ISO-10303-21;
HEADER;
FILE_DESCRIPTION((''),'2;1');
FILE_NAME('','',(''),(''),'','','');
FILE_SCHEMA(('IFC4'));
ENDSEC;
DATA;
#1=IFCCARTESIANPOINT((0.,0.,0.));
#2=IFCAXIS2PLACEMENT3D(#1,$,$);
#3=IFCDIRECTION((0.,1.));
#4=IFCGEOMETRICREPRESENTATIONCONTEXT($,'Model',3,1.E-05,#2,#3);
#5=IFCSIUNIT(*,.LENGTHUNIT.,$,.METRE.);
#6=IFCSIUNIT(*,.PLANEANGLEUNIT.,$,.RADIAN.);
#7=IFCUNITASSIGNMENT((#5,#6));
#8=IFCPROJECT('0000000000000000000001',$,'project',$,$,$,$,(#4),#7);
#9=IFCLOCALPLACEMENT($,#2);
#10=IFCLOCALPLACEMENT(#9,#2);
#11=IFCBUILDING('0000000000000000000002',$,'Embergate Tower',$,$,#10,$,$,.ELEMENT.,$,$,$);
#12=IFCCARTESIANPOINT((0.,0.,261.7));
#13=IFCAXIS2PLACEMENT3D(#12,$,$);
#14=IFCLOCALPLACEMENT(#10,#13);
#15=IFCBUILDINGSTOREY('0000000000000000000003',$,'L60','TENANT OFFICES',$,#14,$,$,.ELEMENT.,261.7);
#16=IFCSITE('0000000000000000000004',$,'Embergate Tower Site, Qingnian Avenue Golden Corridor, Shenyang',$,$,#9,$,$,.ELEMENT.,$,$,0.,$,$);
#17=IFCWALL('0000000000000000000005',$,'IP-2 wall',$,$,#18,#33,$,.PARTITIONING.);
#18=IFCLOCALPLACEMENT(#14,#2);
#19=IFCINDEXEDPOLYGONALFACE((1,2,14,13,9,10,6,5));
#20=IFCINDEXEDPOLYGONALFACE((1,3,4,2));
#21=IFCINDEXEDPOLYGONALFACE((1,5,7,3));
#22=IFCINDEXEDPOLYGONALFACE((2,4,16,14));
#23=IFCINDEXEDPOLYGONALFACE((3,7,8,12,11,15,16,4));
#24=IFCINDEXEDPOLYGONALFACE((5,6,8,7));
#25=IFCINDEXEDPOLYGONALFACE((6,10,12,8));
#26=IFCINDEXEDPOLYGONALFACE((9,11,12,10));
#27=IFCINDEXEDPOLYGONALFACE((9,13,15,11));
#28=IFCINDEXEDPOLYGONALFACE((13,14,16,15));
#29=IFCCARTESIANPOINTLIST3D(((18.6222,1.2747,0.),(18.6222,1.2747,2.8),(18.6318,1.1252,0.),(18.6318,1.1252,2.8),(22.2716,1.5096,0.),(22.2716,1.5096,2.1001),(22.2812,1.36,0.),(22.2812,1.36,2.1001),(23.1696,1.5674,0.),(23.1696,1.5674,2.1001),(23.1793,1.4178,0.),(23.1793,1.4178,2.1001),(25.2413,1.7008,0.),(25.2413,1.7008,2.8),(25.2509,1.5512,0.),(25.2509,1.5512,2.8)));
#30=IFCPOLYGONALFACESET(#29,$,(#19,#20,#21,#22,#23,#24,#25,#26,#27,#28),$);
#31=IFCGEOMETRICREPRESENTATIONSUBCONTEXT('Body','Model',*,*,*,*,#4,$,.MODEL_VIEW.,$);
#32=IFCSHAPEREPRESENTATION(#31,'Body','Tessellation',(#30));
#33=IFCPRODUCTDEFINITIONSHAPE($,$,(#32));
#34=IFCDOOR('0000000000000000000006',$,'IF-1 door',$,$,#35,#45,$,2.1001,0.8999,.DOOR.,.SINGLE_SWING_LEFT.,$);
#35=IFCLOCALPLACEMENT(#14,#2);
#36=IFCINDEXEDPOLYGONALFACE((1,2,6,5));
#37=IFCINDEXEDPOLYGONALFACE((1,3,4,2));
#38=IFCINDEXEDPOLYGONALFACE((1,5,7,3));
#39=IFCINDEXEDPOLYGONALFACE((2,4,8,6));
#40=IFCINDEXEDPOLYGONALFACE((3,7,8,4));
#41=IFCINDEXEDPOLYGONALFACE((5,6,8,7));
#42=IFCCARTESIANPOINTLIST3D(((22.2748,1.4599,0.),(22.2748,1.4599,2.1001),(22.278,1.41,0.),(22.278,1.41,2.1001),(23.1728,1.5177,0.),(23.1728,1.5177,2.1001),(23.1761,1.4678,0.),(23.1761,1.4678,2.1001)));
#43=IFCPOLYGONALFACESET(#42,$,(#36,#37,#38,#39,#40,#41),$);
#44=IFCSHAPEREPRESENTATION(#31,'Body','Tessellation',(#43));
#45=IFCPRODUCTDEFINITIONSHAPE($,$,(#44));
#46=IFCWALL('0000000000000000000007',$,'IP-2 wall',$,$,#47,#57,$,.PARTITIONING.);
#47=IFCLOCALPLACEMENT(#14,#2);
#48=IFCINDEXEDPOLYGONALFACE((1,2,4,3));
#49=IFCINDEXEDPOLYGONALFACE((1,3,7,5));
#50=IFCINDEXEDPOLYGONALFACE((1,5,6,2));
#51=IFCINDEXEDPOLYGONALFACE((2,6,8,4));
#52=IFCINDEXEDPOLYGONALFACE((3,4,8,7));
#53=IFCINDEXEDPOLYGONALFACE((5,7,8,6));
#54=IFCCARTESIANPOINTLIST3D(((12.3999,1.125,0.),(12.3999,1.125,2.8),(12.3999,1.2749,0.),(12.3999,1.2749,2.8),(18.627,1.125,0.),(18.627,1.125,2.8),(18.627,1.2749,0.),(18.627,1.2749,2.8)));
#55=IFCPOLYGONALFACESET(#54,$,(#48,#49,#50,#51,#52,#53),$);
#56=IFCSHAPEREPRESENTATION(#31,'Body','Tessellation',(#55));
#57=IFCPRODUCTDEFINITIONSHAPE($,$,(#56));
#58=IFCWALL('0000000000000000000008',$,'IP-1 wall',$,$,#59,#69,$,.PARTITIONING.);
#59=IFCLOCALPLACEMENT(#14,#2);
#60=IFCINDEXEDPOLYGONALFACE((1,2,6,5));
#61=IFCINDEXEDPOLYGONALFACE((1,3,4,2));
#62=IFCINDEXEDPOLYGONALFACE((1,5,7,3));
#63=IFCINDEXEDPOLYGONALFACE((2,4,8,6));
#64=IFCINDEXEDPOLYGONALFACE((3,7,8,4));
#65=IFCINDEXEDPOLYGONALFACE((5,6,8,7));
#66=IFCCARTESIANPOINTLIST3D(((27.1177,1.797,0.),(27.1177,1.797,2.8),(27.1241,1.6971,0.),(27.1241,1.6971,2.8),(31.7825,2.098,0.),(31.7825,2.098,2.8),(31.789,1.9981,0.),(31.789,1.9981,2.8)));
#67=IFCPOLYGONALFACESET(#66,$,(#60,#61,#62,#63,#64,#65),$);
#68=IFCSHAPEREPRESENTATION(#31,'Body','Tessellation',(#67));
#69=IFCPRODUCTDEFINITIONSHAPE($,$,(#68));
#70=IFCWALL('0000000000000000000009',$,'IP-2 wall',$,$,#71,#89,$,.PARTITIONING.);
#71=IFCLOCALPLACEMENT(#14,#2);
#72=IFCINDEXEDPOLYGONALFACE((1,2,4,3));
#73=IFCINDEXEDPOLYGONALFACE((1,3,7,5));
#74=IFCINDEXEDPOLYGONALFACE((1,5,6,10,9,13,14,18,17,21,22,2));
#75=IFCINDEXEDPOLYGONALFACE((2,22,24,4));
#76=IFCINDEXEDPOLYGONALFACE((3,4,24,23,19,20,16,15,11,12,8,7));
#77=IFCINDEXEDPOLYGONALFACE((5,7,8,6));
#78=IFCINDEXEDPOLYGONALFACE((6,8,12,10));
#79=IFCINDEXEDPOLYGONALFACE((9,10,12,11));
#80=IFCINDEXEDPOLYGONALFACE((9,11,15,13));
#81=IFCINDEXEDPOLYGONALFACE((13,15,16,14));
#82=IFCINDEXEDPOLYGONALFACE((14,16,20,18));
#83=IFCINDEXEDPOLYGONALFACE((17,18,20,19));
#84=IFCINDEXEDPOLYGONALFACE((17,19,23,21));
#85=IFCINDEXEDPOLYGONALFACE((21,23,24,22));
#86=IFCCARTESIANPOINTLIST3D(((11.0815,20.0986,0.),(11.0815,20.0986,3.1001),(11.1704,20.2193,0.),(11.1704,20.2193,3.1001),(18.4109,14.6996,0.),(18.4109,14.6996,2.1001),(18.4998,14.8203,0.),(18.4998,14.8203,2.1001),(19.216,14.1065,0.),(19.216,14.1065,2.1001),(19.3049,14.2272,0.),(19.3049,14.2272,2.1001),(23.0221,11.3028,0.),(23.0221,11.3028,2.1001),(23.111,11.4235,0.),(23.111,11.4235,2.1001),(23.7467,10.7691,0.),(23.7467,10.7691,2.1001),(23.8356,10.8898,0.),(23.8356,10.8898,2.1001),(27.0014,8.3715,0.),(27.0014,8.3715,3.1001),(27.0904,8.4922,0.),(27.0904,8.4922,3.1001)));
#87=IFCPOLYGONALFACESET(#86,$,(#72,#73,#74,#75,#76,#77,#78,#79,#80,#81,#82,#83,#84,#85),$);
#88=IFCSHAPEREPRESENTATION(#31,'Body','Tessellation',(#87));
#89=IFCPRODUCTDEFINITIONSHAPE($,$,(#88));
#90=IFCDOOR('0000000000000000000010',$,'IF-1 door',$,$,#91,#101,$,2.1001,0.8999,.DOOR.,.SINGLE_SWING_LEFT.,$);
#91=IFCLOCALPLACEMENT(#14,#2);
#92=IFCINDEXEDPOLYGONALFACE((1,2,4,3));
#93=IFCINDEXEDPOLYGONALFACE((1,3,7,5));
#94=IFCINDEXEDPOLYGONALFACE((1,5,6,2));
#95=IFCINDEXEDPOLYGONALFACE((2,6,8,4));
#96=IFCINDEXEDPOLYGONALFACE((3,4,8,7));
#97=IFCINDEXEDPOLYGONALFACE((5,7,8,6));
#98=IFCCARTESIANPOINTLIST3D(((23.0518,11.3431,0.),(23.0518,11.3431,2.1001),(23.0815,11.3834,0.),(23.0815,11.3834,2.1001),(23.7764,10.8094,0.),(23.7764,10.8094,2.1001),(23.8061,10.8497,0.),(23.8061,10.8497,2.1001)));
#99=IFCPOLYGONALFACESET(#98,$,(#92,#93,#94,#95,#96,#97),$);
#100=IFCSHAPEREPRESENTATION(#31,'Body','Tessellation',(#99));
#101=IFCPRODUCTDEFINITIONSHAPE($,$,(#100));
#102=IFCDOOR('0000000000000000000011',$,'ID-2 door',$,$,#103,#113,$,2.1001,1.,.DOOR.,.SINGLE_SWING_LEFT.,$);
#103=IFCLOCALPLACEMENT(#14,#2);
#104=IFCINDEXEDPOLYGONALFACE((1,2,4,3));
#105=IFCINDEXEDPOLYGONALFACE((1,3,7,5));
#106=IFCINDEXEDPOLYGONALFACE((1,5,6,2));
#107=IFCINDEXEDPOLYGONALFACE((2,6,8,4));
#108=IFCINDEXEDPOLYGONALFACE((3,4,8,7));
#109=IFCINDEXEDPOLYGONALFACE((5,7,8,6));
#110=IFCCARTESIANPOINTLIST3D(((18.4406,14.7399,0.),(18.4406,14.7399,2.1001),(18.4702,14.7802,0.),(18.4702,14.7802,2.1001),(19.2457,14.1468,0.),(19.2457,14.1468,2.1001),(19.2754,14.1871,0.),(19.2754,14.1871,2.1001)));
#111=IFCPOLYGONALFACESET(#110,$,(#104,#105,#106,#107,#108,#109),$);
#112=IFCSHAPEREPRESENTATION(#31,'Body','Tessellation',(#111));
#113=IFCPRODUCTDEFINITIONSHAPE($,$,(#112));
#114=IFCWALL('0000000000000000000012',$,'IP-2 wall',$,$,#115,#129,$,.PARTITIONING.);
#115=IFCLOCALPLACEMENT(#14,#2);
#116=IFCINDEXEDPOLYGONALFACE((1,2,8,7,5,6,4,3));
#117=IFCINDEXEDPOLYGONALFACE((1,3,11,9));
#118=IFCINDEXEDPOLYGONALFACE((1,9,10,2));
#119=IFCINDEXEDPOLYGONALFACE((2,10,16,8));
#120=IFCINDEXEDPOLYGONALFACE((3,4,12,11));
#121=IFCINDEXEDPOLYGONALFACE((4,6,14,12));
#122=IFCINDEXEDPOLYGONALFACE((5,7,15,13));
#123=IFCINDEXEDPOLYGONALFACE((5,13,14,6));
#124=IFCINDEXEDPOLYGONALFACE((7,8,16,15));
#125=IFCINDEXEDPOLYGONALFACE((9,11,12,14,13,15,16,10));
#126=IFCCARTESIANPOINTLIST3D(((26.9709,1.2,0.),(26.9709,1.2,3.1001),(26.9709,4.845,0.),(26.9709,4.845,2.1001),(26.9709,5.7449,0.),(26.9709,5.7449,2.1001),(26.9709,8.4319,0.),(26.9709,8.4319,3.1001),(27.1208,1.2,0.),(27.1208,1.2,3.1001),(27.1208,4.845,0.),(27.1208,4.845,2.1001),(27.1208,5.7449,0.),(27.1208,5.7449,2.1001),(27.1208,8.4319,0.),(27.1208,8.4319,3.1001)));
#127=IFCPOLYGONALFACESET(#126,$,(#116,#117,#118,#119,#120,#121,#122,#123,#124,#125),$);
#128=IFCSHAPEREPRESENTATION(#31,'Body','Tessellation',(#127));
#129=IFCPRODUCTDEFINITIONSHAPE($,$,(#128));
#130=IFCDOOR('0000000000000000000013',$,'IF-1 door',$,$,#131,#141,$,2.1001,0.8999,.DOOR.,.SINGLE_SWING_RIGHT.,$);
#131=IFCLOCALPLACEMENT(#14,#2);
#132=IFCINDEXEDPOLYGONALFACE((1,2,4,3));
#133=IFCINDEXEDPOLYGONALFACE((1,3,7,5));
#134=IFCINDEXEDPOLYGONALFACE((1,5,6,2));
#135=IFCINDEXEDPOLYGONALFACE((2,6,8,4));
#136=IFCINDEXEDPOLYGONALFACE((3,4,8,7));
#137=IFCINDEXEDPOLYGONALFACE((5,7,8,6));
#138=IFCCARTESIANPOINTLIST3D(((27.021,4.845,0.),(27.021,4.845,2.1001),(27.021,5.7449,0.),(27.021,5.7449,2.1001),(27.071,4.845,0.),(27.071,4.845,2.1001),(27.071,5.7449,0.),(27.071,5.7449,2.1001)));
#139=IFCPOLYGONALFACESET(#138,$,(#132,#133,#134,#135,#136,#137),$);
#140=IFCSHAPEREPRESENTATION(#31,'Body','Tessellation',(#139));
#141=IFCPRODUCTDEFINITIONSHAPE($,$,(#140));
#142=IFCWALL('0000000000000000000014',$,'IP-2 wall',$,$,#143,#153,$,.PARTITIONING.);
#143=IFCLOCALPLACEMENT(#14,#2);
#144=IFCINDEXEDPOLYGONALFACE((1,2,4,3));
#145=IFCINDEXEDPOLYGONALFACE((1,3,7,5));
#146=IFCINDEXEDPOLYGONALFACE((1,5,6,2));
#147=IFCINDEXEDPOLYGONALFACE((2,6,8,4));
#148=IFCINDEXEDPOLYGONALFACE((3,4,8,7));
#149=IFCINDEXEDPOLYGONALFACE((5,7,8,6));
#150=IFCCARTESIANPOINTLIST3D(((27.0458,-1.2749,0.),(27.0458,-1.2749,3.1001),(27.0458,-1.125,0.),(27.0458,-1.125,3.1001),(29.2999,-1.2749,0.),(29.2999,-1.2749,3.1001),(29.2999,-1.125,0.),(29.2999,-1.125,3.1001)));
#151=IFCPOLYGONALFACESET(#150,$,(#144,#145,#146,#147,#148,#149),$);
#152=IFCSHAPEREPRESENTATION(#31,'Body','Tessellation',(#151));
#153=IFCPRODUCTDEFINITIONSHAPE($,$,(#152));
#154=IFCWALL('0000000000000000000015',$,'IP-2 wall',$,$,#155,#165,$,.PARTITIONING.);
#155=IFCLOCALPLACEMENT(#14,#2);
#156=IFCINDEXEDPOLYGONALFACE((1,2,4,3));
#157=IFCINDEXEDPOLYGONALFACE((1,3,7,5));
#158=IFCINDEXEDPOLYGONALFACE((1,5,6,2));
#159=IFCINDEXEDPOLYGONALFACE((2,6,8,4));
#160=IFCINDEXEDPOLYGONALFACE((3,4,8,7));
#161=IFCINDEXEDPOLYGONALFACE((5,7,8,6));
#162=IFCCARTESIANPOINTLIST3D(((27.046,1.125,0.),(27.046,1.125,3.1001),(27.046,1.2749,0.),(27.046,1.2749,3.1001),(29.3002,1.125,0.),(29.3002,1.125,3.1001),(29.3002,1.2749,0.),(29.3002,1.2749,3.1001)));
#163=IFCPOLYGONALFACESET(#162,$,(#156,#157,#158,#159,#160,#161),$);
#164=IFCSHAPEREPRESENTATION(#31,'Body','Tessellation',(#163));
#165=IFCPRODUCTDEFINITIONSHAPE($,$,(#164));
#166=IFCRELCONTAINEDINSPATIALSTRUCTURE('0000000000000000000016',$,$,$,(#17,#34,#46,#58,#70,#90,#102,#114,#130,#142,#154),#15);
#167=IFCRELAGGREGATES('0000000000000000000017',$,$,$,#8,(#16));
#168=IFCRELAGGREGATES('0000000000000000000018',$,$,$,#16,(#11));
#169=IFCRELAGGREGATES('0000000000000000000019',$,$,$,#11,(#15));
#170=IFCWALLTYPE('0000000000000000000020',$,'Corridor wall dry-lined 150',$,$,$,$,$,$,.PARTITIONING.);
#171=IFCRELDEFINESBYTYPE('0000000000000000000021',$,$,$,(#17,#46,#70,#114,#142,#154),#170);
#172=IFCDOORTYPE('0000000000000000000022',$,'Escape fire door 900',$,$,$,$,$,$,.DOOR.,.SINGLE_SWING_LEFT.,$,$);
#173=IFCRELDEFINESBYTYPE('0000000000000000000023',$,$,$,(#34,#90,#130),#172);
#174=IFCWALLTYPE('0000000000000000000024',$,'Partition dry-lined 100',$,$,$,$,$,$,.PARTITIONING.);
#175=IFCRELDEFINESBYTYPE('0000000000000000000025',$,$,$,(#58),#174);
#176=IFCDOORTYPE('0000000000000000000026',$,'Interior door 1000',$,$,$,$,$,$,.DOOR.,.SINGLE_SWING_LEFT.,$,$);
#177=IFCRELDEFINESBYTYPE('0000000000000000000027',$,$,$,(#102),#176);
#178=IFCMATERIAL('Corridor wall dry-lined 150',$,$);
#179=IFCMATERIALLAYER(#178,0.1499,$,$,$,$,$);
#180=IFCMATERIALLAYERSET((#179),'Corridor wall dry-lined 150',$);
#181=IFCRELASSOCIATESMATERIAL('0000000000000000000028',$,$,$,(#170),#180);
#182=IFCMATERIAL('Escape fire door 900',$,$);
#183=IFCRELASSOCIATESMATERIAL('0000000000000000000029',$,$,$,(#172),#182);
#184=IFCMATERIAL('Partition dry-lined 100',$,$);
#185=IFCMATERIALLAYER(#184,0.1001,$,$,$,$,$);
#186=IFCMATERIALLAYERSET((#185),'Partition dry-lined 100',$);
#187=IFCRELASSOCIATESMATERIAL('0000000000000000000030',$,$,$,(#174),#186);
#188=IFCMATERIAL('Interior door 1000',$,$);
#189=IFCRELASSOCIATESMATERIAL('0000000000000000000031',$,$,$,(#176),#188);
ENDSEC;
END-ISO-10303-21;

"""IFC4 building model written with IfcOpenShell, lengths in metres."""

from ifc_helpers import new_model, si_unit, direction, frame, frame_2d, origin, place, context, subcontext, project, spatial, rectangle, extrude, source, transform, mapped, material, layer, layer_set, type_object, element, fill, save


model = new_model("IFC4")

# Units and contexts
model_context = context("Model", 3, precision=1e-05, world=origin(), true_north=direction((0.0, 1.0)))
body_context = subcontext(model_context, "Body", "Model", "MODEL_VIEW")
ifc_project = project(units=[si_unit("LENGTHUNIT", "METRE"), si_unit("PLANEANGLEUNIT", "RADIAN")], contexts=[model_context])

# Site, building, storey
site_placement = place(None, origin())
site = spatial("IfcSite", under=ifc_project, at=site_placement, Name="Embergate Tower Site, Qingnian Avenue Golden Corridor, Shenyang", CompositionType="ELEMENT", RefElevation=0.0)
building_placement = place(site_placement, origin())
building = spatial("IfcBuilding", under=site, at=building_placement, Name="Embergate Tower", CompositionType="ELEMENT")
storey_placement = place(building_placement, frame((0.0, 0.0, 261.7)))
storey = spatial("IfcBuildingStorey", under=building, at=storey_placement, Name="L60", Description="TENANT OFFICES", CompositionType="ELEMENT", Elevation=261.7)

# Shared definitions
ifc_material_1 = material(Name="Corridor wall dry-lined 150")
ifc_layer_1 = layer(ifc_material_1, 0.1499)
ifc_layer_set_1 = layer_set([ifc_layer_1], Name="Corridor wall dry-lined 150")
wall_type_1 = type_object("IfcWallType", Name="Corridor wall dry-lined 150", PredefinedType="PARTITIONING", material=ifc_layer_set_1)

# Wall, opening, door
shared_shape_1 = source(origin(), body_context, "Body", "SweptSolid", [
    extrude(rectangle(XDim=0.8999, YDim=2.1001, at=frame_2d((0.45, 1.05))), frame((0.0, 0.085, 0.0), z_axis=(0.0, -1.0, 0.0), x_axis=(1.0, 0.0, 0.0)), (0.0, 0.0, 1.0), 0.1699),
])
ifc_material_2 = material(Name="Escape fire door 900")
door_type_1 = type_object("IfcDoorType", Name="Escape fire door 900", OperationType="SINGLE_SWING_LEFT", PredefinedType="DOOR", material=ifc_material_2)
shared_shape_2 = source(origin(), body_context, "Body", "SweptSolid", [
    extrude(rectangle(XDim=0.8999, YDim=2.1001, at=frame_2d((0.45, 1.05))), frame((0.0, 0.0249, 0.0), z_axis=(0.0, -1.0, 0.0), x_axis=(1.0, 0.0, 0.0)), (0.0, 0.0, 1.0), 0.05),
])
shared_shape_3 = source(origin(), body_context, "Body", "SweptSolid", [
    extrude(rectangle(XDim=6.6328, YDim=0.1499, at=frame_2d((3.3164, 0.0))), origin(), (0.0, 0.0, 1.0), 2.8),
])
wall_1_placement = place(storey_placement, frame((25.2461, 1.626, 0.0), z_axis=(0.0, 0.0, 1.0), x_axis=(-0.997935, -0.06423, 0.0)))
wall_1 = element("IfcWall", 1, at=wall_1_placement, inside=storey, type_object=wall_type_1, Name="IP-2 wall", PredefinedType="PARTITIONING", context=body_context, shape_type="MappedRepresentation", body=[
    mapped(shared_shape_3, transform((0.0, 0.0, 0.0))),
])
opening_1_placement = place(wall_1_placement, frame((2.0759, 0.0, 0.0)))
opening_1 = element("IfcOpeningElement", 2, at=opening_1_placement, cuts=wall_1, PredefinedType="OPENING", context=body_context, shape_type="MappedRepresentation", body=[
    mapped(shared_shape_1, transform((0.0, 0.0, 0.0))),
])
door_1_placement = place(opening_1_placement, origin())
door_1 = element("IfcDoor", 3, at=door_1_placement, inside=storey, type_object=door_type_1, Name="IF-1 door", OperationType="SINGLE_SWING_LEFT", OverallHeight=2.1001, OverallWidth=0.8999, PredefinedType="DOOR", context=body_context, shape_type="MappedRepresentation", body=[
    mapped(shared_shape_2, transform((0.0, 0.0, 0.0))),
])
fill(opening_1, door_1)

# Walls
shared_shape_4 = source(origin(), body_context, "Body", "SweptSolid", [
    extrude(rectangle(XDim=6.2271, YDim=0.1499, at=frame_2d((3.1135, 0.0))), origin(), (0.0, 0.0, 1.0), 2.8),
])
wall_2_placement = place(storey_placement, frame((18.627, 1.2, 0.0), z_axis=(0.0, 0.0, 1.0), x_axis=(-1.0, 0.0, 0.0)))
element("IfcWall", 4, at=wall_2_placement, inside=storey, type_object=wall_type_1, Name="IP-2 wall", PredefinedType="PARTITIONING", context=body_context, shape_type="MappedRepresentation", body=[
    mapped(shared_shape_4, transform((0.0, 0.0, 0.0))),
])
ifc_material_3 = material(Name="Partition dry-lined 100")
ifc_layer_2 = layer(ifc_material_3, 0.1001)
ifc_layer_set_2 = layer_set([ifc_layer_2], Name="Partition dry-lined 100")
wall_type_2 = type_object("IfcWallType", Name="Partition dry-lined 100", PredefinedType="PARTITIONING", material=ifc_layer_set_2)
shared_shape_5 = source(origin(), body_context, "Body", "SweptSolid", [
    extrude(rectangle(XDim=4.6746, YDim=0.1001, at=frame_2d((2.3374, 0.0))), origin(), (0.0, 0.0, 1.0), 2.8),
])
wall_3_placement = place(storey_placement, frame((31.7859, 2.0481, 0.0), z_axis=(0.0, 0.0, 1.0), x_axis=(-0.997924, -0.064397, 0.0)))
element("IfcWall", 5, at=wall_3_placement, inside=storey, type_object=wall_type_2, Name="IP-1 wall", PredefinedType="PARTITIONING", context=body_context, shape_type="MappedRepresentation", body=[
    mapped(shared_shape_5, transform((0.0, 0.0, 0.0))),
])

# Wall, openings, doors
shared_shape_6 = source(origin(), body_context, "Body", "SweptSolid", [
    extrude(rectangle(XDim=19.7729, YDim=0.1499, at=frame_2d((9.8865, 0.0))), origin(), (0.0, 0.0, 1.0), 3.1001),
])
wall_4_placement = place(storey_placement, frame((27.0459, 8.4319, 0.0), z_axis=(0.0, 0.0, 1.0), x_axis=(-0.805138, 0.593087, 0.0)))
wall_4 = element("IfcWall", 6, at=wall_4_placement, inside=storey, type_object=wall_type_1, Name="IP-2 wall", PredefinedType="PARTITIONING", context=body_context, shape_type="MappedRepresentation", body=[
    mapped(shared_shape_6, transform((0.0, 0.0, 0.0))),
])
opening_2_placement = place(wall_4_placement, frame((4.0425, 0.0, 0.0)))
opening_2 = element("IfcOpeningElement", 7, at=opening_2_placement, cuts=wall_4, PredefinedType="OPENING", context=body_context, shape_type="MappedRepresentation", body=[
    mapped(shared_shape_1, transform((0.0, 0.0, 0.0))),
])
shared_shape_7 = source(origin(), body_context, "Body", "SweptSolid", [
    extrude(rectangle(XDim=1.0, YDim=2.1001, at=frame_2d((0.5, 1.05))), frame((0.0, 0.085, 0.0), z_axis=(0.0, -1.0, 0.0), x_axis=(1.0, 0.0, 0.0)), (0.0, 0.0, 1.0), 0.1699),
])
opening_3_placement = place(wall_4_placement, frame((9.6697, 0.0, 0.0)))
opening_3 = element("IfcOpeningElement", 8, at=opening_3_placement, cuts=wall_4, PredefinedType="OPENING", context=body_context, shape_type="MappedRepresentation", body=[
    mapped(shared_shape_7, transform((0.0, 0.0, 0.0))),
])
door_2_placement = place(opening_2_placement, origin())
door_2 = element("IfcDoor", 9, at=door_2_placement, inside=storey, type_object=door_type_1, Name="IF-1 door", OperationType="SINGLE_SWING_LEFT", OverallHeight=2.1001, OverallWidth=0.8999, PredefinedType="DOOR", context=body_context, shape_type="MappedRepresentation", body=[
    mapped(shared_shape_2, transform((0.0, 0.0, 0.0))),
])
fill(opening_2, door_2)
ifc_material_4 = material(Name="Interior door 1000")
door_type_2 = type_object("IfcDoorType", Name="Interior door 1000", OperationType="SINGLE_SWING_LEFT", PredefinedType="DOOR", material=ifc_material_4)
shared_shape_8 = source(origin(), body_context, "Body", "SweptSolid", [
    extrude(rectangle(XDim=1.0, YDim=2.1001, at=frame_2d((0.5, 1.05))), frame((0.0, 0.0249, 0.0), z_axis=(0.0, -1.0, 0.0), x_axis=(1.0, 0.0, 0.0)), (0.0, 0.0, 1.0), 0.05),
])
door_3_placement = place(opening_3_placement, origin())
door_3 = element("IfcDoor", 10, at=door_3_placement, inside=storey, type_object=door_type_2, Name="ID-2 door", OperationType="SINGLE_SWING_LEFT", OverallHeight=2.1001, OverallWidth=1.0, PredefinedType="DOOR", context=body_context, shape_type="MappedRepresentation", body=[
    mapped(shared_shape_8, transform((0.0, 0.0, 0.0))),
])
fill(opening_3, door_3)

# Wall, opening, door
shared_shape_9 = source(origin(), body_context, "Body", "SweptSolid", [
    extrude(rectangle(XDim=7.2319, YDim=0.1499, at=frame_2d((3.616, 0.0))), origin(), (0.0, 0.0, 1.0), 3.1001),
])
wall_5_placement = place(storey_placement, frame((27.0459, 1.2, 0.0), z_axis=(0.0, 0.0, 1.0), x_axis=(0.0, 1.0, 0.0)))
wall_5 = element("IfcWall", 11, at=wall_5_placement, inside=storey, type_object=wall_type_1, Name="IP-2 wall", PredefinedType="PARTITIONING", context=body_context, shape_type="MappedRepresentation", body=[
    mapped(shared_shape_9, transform((0.0, 0.0, 0.0))),
])
opening_4_placement = place(wall_5_placement, frame((3.645, 0.0, 0.0)))
opening_4 = element("IfcOpeningElement", 12, at=opening_4_placement, cuts=wall_5, PredefinedType="OPENING", context=body_context, shape_type="MappedRepresentation", body=[
    mapped(shared_shape_1, transform((0.0, 0.0, 0.0))),
])
door_4_placement = place(opening_4_placement, origin())
door_4 = element("IfcDoor", 13, at=door_4_placement, inside=storey, type_object=door_type_1, Name="IF-1 door", OperationType="SINGLE_SWING_RIGHT", OverallHeight=2.1001, OverallWidth=0.8999, PredefinedType="DOOR", context=body_context, shape_type="MappedRepresentation", body=[
    mapped(shared_shape_2, transform((0.0, 0.0, 0.0))),
])
fill(opening_4, door_4)

# Walls
shared_shape_10 = source(origin(), body_context, "Body", "SweptSolid", [
    extrude(rectangle(XDim=2.2542, YDim=0.1499, at=frame_2d((1.127, 0.0))), origin(), (0.0, 0.0, 1.0), 3.1001),
])
for number, where, z_axis, x_axis, name in (
    (14, (27.0459, -1.2, 0.0), (0.0, 0.0, 1.0), (1.0, 0.0, 0.0), "IP-2 wall"),
    (15, (29.3, 1.2, 0.0), (0.0, 0.0, 1.0), (-1.0, 0.0, 0.0), "IP-2 wall"),
):
    element("IfcWall", number, at=place(storey_placement, frame(where, z_axis=z_axis, x_axis=x_axis)), inside=storey, type_object=wall_type_1, Name=name, PredefinedType="PARTITIONING", context=body_context, shape_type="MappedRepresentation", body=[
        mapped(shared_shape_10, transform((0.0, 0.0, 0.0))),
    ])

save(model, "model.ifc")
